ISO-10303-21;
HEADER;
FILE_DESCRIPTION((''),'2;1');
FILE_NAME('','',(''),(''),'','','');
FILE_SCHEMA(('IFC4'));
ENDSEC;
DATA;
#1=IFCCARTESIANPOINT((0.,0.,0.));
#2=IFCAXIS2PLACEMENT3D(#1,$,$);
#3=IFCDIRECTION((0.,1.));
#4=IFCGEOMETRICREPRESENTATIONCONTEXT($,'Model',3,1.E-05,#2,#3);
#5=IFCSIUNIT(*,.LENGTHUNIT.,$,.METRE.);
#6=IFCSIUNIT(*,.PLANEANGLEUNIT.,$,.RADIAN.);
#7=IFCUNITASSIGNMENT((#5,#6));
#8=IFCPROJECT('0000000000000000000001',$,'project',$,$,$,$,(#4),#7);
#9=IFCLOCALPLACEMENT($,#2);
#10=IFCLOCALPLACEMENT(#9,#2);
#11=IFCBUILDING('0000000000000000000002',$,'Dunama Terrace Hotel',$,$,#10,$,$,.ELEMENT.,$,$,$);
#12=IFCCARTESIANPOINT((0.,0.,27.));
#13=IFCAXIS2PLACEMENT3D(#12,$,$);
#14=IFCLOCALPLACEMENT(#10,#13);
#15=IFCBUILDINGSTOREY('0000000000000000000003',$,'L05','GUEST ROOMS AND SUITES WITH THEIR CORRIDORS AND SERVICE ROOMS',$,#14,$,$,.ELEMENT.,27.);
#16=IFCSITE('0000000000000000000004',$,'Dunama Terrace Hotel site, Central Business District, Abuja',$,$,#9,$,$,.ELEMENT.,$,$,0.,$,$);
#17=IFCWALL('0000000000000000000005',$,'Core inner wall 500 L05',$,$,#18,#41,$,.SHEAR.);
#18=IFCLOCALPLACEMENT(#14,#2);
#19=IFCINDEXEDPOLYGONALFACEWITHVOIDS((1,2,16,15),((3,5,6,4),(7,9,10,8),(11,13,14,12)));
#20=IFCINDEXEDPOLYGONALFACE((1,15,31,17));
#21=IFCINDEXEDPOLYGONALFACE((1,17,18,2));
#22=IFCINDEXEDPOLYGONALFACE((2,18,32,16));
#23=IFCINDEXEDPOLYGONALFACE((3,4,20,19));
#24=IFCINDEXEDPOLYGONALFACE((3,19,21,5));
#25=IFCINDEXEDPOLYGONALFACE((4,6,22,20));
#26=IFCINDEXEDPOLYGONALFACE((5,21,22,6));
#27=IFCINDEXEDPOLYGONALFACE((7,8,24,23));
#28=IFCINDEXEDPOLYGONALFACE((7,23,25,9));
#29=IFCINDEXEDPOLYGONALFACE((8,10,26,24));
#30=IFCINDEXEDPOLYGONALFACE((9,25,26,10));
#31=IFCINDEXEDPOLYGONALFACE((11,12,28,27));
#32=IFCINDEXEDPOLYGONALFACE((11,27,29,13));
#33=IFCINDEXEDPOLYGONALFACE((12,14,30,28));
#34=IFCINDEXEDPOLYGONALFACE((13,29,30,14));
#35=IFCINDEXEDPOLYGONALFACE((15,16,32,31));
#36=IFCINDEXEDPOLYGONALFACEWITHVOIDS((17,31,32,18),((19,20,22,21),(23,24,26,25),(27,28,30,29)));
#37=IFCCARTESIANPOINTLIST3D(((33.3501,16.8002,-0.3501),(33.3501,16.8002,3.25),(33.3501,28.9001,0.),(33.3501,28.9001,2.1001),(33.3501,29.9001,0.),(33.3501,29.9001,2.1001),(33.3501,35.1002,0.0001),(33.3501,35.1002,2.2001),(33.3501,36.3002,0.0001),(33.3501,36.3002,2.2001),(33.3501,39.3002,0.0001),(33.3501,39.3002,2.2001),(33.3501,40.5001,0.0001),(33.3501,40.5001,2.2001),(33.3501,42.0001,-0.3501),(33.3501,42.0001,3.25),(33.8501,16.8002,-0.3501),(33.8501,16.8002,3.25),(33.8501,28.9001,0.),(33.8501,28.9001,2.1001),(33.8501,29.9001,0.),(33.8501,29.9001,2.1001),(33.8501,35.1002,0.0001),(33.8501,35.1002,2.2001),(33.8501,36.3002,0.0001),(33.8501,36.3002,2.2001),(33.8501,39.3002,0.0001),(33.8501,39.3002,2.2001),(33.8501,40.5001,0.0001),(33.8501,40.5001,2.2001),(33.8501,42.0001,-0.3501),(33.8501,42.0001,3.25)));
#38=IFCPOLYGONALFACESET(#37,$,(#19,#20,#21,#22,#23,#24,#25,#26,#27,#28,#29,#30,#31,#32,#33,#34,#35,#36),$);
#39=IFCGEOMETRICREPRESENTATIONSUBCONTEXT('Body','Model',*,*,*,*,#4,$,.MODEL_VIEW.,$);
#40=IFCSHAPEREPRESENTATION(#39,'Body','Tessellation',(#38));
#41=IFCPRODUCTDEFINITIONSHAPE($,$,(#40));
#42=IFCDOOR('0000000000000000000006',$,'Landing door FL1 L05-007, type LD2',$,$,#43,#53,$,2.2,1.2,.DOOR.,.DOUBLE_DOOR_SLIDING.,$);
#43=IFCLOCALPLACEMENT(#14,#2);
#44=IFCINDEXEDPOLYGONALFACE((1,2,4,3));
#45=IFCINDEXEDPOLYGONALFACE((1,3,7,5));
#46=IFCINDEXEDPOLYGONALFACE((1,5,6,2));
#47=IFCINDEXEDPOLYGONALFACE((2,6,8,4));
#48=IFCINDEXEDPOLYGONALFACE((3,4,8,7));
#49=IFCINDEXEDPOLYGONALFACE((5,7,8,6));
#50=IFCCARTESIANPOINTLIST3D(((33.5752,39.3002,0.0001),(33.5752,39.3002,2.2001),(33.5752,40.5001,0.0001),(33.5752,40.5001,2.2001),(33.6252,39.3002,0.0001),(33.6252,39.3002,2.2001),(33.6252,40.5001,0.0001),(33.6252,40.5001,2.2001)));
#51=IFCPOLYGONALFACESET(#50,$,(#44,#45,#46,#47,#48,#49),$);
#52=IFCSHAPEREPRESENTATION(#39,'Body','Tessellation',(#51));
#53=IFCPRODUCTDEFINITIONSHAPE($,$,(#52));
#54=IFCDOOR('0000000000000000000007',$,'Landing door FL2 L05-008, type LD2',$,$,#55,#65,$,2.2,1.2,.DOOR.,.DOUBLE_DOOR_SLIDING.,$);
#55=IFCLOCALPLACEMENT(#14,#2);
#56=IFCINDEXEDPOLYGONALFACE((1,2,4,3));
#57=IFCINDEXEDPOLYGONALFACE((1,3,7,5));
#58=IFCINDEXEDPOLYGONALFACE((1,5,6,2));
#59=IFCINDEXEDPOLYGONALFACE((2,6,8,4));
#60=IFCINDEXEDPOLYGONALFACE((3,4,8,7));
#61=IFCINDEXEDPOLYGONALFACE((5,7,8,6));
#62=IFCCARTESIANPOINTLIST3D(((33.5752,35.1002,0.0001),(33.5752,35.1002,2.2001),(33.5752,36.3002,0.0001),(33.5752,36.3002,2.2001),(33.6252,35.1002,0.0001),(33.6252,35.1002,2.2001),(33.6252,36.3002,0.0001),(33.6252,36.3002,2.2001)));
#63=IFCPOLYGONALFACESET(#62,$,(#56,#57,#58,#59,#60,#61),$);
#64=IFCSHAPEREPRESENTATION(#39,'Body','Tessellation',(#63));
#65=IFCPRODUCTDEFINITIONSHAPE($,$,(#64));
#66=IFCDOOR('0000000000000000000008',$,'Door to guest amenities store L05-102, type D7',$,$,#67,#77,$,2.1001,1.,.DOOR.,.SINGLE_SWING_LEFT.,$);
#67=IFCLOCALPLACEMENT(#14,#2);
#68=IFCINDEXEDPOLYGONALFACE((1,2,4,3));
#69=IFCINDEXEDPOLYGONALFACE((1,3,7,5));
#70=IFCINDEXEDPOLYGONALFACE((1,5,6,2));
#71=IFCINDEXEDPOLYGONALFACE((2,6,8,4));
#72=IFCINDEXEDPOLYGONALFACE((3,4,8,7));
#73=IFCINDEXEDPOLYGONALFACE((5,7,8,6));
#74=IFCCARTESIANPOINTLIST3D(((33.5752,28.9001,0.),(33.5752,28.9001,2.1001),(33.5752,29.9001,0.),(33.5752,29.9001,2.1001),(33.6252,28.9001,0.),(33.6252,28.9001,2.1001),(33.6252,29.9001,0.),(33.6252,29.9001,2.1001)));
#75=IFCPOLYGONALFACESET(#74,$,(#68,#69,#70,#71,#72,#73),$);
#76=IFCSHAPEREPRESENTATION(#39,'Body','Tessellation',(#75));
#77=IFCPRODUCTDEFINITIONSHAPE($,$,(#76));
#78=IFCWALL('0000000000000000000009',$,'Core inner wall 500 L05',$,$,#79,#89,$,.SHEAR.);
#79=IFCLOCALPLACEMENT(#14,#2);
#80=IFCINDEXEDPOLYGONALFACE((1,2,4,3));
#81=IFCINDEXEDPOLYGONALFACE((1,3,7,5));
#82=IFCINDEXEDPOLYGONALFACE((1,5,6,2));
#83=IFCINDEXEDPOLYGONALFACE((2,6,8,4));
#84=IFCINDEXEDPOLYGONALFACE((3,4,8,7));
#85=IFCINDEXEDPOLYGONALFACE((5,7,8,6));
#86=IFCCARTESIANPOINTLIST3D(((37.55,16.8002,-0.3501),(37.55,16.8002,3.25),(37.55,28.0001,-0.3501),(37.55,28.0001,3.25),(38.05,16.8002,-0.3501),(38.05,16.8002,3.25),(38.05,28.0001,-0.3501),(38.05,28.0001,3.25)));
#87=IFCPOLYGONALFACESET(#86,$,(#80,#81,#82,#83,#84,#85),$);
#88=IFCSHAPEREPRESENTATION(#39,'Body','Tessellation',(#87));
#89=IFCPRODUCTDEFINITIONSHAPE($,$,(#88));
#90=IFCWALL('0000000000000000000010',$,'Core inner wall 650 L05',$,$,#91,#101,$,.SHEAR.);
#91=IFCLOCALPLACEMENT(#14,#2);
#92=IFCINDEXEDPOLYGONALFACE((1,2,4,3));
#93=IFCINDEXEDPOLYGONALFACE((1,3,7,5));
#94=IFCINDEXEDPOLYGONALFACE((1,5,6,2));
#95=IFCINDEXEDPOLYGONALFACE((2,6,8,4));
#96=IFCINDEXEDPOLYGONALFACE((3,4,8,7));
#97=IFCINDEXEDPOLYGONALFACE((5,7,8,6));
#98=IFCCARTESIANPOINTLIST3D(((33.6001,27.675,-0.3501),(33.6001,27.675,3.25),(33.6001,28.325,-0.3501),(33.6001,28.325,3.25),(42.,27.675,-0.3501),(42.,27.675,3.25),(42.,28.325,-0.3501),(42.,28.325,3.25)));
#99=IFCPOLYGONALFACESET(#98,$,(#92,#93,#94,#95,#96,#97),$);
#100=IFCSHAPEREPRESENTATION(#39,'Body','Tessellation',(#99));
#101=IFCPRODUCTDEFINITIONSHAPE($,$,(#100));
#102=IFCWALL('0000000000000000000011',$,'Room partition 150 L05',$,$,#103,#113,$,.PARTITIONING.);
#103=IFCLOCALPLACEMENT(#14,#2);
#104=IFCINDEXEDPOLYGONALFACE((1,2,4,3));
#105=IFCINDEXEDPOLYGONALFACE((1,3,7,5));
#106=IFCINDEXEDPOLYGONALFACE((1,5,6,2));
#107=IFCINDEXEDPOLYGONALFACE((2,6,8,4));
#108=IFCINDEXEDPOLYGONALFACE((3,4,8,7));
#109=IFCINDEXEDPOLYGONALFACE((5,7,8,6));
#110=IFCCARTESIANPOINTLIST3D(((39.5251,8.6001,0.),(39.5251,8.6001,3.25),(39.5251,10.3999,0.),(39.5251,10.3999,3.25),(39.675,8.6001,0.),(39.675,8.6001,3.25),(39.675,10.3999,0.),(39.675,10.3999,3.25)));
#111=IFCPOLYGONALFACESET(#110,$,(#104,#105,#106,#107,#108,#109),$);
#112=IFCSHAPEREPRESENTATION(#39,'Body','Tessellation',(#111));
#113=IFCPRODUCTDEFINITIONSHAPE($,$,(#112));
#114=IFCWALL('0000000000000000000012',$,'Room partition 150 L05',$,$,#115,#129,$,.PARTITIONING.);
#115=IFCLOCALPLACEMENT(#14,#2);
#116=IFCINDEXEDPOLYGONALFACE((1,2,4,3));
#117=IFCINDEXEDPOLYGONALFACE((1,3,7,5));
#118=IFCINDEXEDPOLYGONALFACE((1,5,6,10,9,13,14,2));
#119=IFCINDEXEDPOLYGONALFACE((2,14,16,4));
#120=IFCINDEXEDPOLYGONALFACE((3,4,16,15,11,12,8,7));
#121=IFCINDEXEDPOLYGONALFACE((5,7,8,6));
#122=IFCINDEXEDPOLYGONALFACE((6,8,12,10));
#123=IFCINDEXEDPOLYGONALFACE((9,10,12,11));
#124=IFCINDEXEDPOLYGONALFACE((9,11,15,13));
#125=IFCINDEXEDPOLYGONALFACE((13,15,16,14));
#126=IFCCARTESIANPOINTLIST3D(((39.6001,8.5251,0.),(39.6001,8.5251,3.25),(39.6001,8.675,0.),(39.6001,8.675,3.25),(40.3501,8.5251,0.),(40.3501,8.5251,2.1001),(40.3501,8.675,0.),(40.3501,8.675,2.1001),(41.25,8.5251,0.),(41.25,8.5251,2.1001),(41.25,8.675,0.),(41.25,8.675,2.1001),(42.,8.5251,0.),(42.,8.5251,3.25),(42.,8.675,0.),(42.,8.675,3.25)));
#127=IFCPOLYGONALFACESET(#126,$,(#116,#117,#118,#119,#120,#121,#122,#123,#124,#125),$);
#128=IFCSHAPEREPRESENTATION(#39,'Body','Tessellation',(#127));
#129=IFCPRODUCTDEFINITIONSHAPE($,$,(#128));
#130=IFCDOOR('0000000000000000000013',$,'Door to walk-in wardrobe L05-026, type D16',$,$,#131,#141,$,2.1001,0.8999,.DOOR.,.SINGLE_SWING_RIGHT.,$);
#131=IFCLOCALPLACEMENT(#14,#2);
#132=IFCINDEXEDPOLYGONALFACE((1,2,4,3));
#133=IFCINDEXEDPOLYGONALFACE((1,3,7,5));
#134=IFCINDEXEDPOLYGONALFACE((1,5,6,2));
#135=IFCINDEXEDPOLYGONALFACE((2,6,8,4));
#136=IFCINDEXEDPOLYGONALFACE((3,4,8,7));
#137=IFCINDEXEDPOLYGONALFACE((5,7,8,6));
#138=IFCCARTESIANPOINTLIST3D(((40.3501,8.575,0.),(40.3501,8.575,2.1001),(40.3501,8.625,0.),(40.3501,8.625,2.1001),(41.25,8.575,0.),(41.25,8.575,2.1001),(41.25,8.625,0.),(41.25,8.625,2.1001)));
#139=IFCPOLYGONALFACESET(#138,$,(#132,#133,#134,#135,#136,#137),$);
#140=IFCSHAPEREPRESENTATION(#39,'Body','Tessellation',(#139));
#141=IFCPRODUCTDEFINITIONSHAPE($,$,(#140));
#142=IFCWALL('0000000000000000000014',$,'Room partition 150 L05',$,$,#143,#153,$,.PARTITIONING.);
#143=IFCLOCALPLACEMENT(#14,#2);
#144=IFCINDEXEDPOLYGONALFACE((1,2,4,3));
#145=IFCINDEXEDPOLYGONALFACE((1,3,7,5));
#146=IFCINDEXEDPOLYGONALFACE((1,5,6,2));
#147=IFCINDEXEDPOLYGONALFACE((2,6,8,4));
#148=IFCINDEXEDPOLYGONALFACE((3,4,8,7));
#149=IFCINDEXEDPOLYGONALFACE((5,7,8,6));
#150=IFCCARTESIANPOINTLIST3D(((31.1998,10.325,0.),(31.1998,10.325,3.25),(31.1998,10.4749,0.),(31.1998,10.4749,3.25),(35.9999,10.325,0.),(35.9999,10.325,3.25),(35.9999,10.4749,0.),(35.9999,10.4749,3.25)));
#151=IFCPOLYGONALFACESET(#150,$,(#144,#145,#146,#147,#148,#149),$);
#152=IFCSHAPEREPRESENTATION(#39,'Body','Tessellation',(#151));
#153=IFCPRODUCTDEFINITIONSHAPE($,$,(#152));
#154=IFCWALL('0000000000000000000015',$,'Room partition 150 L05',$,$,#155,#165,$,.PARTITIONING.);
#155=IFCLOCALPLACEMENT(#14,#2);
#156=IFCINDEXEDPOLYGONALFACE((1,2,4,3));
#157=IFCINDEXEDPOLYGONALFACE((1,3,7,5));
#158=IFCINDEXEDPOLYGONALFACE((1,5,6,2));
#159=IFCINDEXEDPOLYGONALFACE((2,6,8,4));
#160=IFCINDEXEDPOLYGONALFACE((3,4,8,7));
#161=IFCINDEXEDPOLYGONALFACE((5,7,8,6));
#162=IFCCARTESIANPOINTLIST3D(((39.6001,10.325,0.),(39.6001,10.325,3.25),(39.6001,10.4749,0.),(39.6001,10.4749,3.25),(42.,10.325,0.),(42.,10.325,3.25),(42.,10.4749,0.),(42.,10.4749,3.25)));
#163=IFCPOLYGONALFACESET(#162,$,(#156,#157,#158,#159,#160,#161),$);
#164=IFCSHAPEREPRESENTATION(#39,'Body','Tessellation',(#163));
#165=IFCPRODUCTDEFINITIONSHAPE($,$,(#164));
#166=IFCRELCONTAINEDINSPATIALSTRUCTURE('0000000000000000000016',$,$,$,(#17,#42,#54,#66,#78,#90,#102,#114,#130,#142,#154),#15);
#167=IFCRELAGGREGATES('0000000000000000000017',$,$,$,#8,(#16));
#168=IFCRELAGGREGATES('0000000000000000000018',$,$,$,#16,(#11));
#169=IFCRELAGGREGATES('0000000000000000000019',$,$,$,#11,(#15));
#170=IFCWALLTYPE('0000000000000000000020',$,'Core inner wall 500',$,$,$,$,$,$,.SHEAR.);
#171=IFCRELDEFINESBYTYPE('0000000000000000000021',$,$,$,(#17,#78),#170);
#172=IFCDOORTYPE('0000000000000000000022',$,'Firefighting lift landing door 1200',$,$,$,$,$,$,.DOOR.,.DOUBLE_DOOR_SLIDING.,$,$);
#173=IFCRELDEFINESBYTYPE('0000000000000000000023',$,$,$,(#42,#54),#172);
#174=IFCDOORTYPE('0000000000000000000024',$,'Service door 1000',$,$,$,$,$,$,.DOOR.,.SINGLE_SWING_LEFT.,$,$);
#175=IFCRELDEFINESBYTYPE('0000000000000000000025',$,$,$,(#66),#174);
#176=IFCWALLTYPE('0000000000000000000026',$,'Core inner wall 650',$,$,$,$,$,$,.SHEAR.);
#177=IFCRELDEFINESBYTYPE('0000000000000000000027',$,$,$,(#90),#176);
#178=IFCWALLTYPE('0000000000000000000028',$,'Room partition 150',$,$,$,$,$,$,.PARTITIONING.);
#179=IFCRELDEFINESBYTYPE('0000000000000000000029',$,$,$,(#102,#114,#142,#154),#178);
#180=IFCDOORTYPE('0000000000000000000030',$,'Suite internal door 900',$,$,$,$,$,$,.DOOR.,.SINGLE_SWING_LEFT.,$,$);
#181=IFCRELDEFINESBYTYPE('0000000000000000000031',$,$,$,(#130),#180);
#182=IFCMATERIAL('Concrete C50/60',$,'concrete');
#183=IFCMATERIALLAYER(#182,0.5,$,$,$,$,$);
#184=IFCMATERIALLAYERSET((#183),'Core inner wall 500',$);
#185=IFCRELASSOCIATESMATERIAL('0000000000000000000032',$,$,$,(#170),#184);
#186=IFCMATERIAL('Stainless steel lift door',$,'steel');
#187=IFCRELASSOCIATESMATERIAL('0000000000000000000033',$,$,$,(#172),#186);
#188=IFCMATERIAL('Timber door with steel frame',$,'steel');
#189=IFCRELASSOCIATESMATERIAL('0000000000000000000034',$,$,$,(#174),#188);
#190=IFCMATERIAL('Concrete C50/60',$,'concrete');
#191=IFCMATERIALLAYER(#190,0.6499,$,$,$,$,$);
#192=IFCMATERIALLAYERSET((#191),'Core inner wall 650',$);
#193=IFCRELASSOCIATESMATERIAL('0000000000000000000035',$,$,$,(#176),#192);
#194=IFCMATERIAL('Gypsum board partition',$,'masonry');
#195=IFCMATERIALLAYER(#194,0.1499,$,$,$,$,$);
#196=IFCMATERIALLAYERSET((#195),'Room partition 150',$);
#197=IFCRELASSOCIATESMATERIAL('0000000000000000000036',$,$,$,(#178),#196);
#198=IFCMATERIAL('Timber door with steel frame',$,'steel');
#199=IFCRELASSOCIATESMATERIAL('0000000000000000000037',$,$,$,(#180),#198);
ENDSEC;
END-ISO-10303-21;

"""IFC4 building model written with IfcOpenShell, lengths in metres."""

from ifc_helpers import new_model, si_unit, direction, frame, frame_2d, origin, place, context, subcontext, project, spatial, rectangle, extrude, material, layer, layer_set, type_object, element, fill, save


model = new_model("IFC4")

# Units and contexts
model_context = context("Model", 3, precision=1e-05, world=origin(), true_north=direction((0.0, 1.0)))
body_context = subcontext(model_context, "Body", "Model", "MODEL_VIEW")
ifc_project = project(units=[si_unit("LENGTHUNIT", "METRE"), si_unit("PLANEANGLEUNIT", "RADIAN")], contexts=[model_context])

# Site, building, storey
site_placement = place(None, origin())
site = spatial("IfcSite", under=ifc_project, at=site_placement, Name="Dunama Terrace Hotel site, Central Business District, Abuja", CompositionType="ELEMENT", RefElevation=0.0)
building_placement = place(site_placement, origin())
building = spatial("IfcBuilding", under=site, at=building_placement, Name="Dunama Terrace Hotel", CompositionType="ELEMENT")
storey_placement = place(building_placement, frame((0.0, 0.0, 27.0)))
storey = spatial("IfcBuildingStorey", under=building, at=storey_placement, Name="L05", Description="GUEST ROOMS AND SUITES WITH THEIR CORRIDORS AND SERVICE ROOMS", CompositionType="ELEMENT", Elevation=27.0)

# Wall, openings, doors
ifc_material_1 = material(Name="Concrete C50/60", Category="concrete")
ifc_layer_1 = layer(ifc_material_1, 0.5)
ifc_layer_set_1 = layer_set([ifc_layer_1], Name="Core inner wall 500")
wall_type_1 = type_object("IfcWallType", Name="Core inner wall 500", PredefinedType="SHEAR", material=ifc_layer_set_1)
wall_1_placement = place(storey_placement, frame((33.6001, 16.8, -0.3501), z_axis=(0.0, 0.0, 1.0), x_axis=(0.0, 1.0, 0.0)))
wall_1 = element("IfcWall", 1, at=wall_1_placement, inside=storey, type_object=wall_type_1, Name="Core inner wall 500 L05", PredefinedType="SHEAR", context=body_context, shape_type="SweptSolid", body=[
    extrude(rectangle(XDim=25.2, YDim=0.5, at=frame_2d((12.6001, 0.0))), origin(), (0.0, 0.0, 1.0), 3.6001),
])
opening_1_placement = place(wall_1_placement, frame((22.5, 0.0, 0.3501)))
opening_1 = element("IfcOpeningElement", 2, at=opening_1_placement, cuts=wall_1, PredefinedType="OPENING", context=body_context, shape_type="SweptSolid", body=[
    extrude(rectangle(XDim=1.2, YDim=2.2, at=frame_2d((0.6001, 1.1001))), frame((0.0, 0.26, 0.0), z_axis=(0.0, -1.0, 0.0), x_axis=(1.0, 0.0, 0.0)), (0.0, 0.0, 1.0), 0.52),
])
opening_2_placement = place(wall_1_placement, frame((18.3, 0.0, 0.3501)))
opening_2 = element("IfcOpeningElement", 3, at=opening_2_placement, cuts=wall_1, PredefinedType="OPENING", context=body_context, shape_type="SweptSolid", body=[
    extrude(rectangle(XDim=1.2, YDim=2.2, at=frame_2d((0.6001, 1.1001))), frame((0.0, 0.26, 0.0), z_axis=(0.0, -1.0, 0.0), x_axis=(1.0, 0.0, 0.0)), (0.0, 0.0, 1.0), 0.52),
])
opening_3_placement = place(wall_1_placement, frame((12.1001, 0.0, 0.3501)))
opening_3 = element("IfcOpeningElement", 4, at=opening_3_placement, cuts=wall_1, PredefinedType="OPENING", context=body_context, shape_type="SweptSolid", body=[
    extrude(rectangle(XDim=1.0, YDim=2.1001, at=frame_2d((0.5, 1.05))), frame((0.0, 0.26, 0.0), z_axis=(0.0, -1.0, 0.0), x_axis=(1.0, 0.0, 0.0)), (0.0, 0.0, 1.0), 0.52),
])
ifc_material_2 = material(Name="Stainless steel lift door", Category="steel")
door_type_1 = type_object("IfcDoorType", Name="Firefighting lift landing door 1200", OperationType="DOUBLE_DOOR_SLIDING", PredefinedType="DOOR", material=ifc_material_2)
door_1_placement = place(opening_1_placement, origin())
door_1 = element("IfcDoor", 5, at=door_1_placement, inside=storey, type_object=door_type_1, Name="Landing door FL1 L05-007, type LD2", OperationType="DOUBLE_DOOR_SLIDING", OverallHeight=2.2, OverallWidth=1.2, PredefinedType="DOOR", context=body_context, shape_type="SweptSolid", body=[
    extrude(rectangle(XDim=1.2, YDim=2.2, at=frame_2d((0.6001, 1.1001))), frame((0.0, 0.0249, 0.0), z_axis=(0.0, -1.0, 0.0), x_axis=(1.0, 0.0, 0.0)), (0.0, 0.0, 1.0), 0.05),
])
fill(opening_1, door_1)
door_2_placement = place(opening_2_placement, origin())
door_2 = element("IfcDoor", 6, at=door_2_placement, inside=storey, type_object=door_type_1, Name="Landing door FL2 L05-008, type LD2", OperationType="DOUBLE_DOOR_SLIDING", OverallHeight=2.2, OverallWidth=1.2, PredefinedType="DOOR", context=body_context, shape_type="SweptSolid", body=[
    extrude(rectangle(XDim=1.2, YDim=2.2, at=frame_2d((0.6001, 1.1001))), frame((0.0, 0.0249, 0.0), z_axis=(0.0, -1.0, 0.0), x_axis=(1.0, 0.0, 0.0)), (0.0, 0.0, 1.0), 0.05),
])
fill(opening_2, door_2)
ifc_material_3 = material(Name="Timber door with steel frame", Category="steel")
door_type_2 = type_object("IfcDoorType", Name="Service door 1000", OperationType="SINGLE_SWING_LEFT", PredefinedType="DOOR", material=ifc_material_3)
door_3_placement = place(opening_3_placement, origin())
door_3 = element("IfcDoor", 7, at=door_3_placement, inside=storey, type_object=door_type_2, Name="Door to guest amenities store L05-102, type D7", OperationType="SINGLE_SWING_LEFT", OverallHeight=2.1001, OverallWidth=1.0, PredefinedType="DOOR", context=body_context, shape_type="SweptSolid", body=[
    extrude(rectangle(XDim=1.0, YDim=2.1001, at=frame_2d((0.5, 1.05))), frame((0.0, 0.0249, 0.0), z_axis=(0.0, -1.0, 0.0), x_axis=(1.0, 0.0, 0.0)), (0.0, 0.0, 1.0), 0.05),
])
fill(opening_3, door_3)

# Walls
wall_2_placement = place(storey_placement, frame((37.8, 16.8, -0.3501), z_axis=(0.0, 0.0, 1.0), x_axis=(0.0, 1.0, 0.0)))
element("IfcWall", 8, at=wall_2_placement, inside=storey, type_object=wall_type_1, Name="Core inner wall 500 L05", PredefinedType="SHEAR", context=body_context, shape_type="SweptSolid", body=[
    extrude(rectangle(XDim=11.2, YDim=0.5, at=frame_2d((5.6001, 0.0))), origin(), (0.0, 0.0, 1.0), 3.6001),
])
ifc_material_4 = material(Name="Concrete C50/60", Category="concrete")
ifc_layer_2 = layer(ifc_material_4, 0.6499)
ifc_layer_set_2 = layer_set([ifc_layer_2], Name="Core inner wall 650")
wall_type_2 = type_object("IfcWallType", Name="Core inner wall 650", PredefinedType="SHEAR", material=ifc_layer_set_2)
wall_3_placement = place(storey_placement, frame((33.6001, 28.0, -0.3501), z_axis=(0.0, 0.0, 1.0), x_axis=(1.0, 0.0, 0.0)))
element("IfcWall", 9, at=wall_3_placement, inside=storey, type_object=wall_type_2, Name="Core inner wall 650 L05", PredefinedType="SHEAR", context=body_context, shape_type="SweptSolid", body=[
    extrude(rectangle(XDim=8.3999, YDim=0.6499, at=frame_2d((4.2, 0.0))), origin(), (0.0, 0.0, 1.0), 3.6001),
])
ifc_material_5 = material(Name="Gypsum board partition", Category="masonry")
ifc_layer_3 = layer(ifc_material_5, 0.1499)
ifc_layer_set_3 = layer_set([ifc_layer_3], Name="Room partition 150")
wall_type_3 = type_object("IfcWallType", Name="Room partition 150", PredefinedType="PARTITIONING", material=ifc_layer_set_3)
wall_4_placement = place(storey_placement, frame((39.6001, 8.6001, 0.0), z_axis=(0.0, 0.0, 1.0), x_axis=(0.0, 1.0, 0.0)))
element("IfcWall", 10, at=wall_4_placement, inside=storey, type_object=wall_type_3, Name="Room partition 150 L05", PredefinedType="PARTITIONING", context=body_context, shape_type="SweptSolid", body=[
    extrude(rectangle(XDim=1.7998, YDim=0.1499, at=frame_2d((0.8999, 0.0))), origin(), (0.0, 0.0, 1.0), 3.25),
])

# Wall, opening, door
wall_5_placement = place(storey_placement, frame((39.6001, 8.6001, 0.0), z_axis=(0.0, 0.0, 1.0), x_axis=(1.0, 0.0, 0.0)))
wall_5 = element("IfcWall", 11, at=wall_5_placement, inside=storey, type_object=wall_type_3, Name="Room partition 150 L05", PredefinedType="PARTITIONING", context=body_context, shape_type="SweptSolid", body=[
    extrude(rectangle(XDim=2.3999, YDim=0.1499, at=frame_2d((1.2, 0.0))), origin(), (0.0, 0.0, 1.0), 3.25),
])
opening_4_placement = place(wall_5_placement, frame((0.75, 0.0, 0.0)))
opening_4 = element("IfcOpeningElement", 12, at=opening_4_placement, cuts=wall_5, PredefinedType="OPENING", context=body_context, shape_type="SweptSolid", body=[
    extrude(rectangle(XDim=0.8999, YDim=2.1001, at=frame_2d((0.45, 1.05))), frame((0.0, 0.085, 0.0), z_axis=(0.0, -1.0, 0.0), x_axis=(1.0, 0.0, 0.0)), (0.0, 0.0, 1.0), 0.1699),
])
ifc_material_6 = material(Name="Timber door with steel frame", Category="steel")
door_type_3 = type_object("IfcDoorType", Name="Suite internal door 900", OperationType="SINGLE_SWING_LEFT", PredefinedType="DOOR", material=ifc_material_6)
door_4_placement = place(opening_4_placement, origin())
door_4 = element("IfcDoor", 13, at=door_4_placement, inside=storey, type_object=door_type_3, Name="Door to walk-in wardrobe L05-026, type D16", OperationType="SINGLE_SWING_RIGHT", OverallHeight=2.1001, OverallWidth=0.8999, PredefinedType="DOOR", context=body_context, shape_type="SweptSolid", body=[
    extrude(rectangle(XDim=0.8999, YDim=2.1001, at=frame_2d((0.45, 1.05))), frame((0.0, 0.0249, 0.0), z_axis=(0.0, -1.0, 0.0), x_axis=(1.0, 0.0, 0.0)), (0.0, 0.0, 1.0), 0.05),
])
fill(opening_4, door_4)

# Walls
wall_6_placement = place(storey_placement, frame((31.2, 10.3999, 0.0), z_axis=(0.0, 0.0, 1.0), x_axis=(1.0, 0.0, 0.0)))
element("IfcWall", 14, at=wall_6_placement, inside=storey, type_object=wall_type_3, Name="Room partition 150 L05", PredefinedType="PARTITIONING", context=body_context, shape_type="SweptSolid", body=[
    extrude(rectangle(XDim=4.8, YDim=0.1499, at=frame_2d((2.3999, 0.0))), origin(), (0.0, 0.0, 1.0), 3.25),
])
wall_7_placement = place(storey_placement, frame((39.6001, 10.3999, 0.0), z_axis=(0.0, 0.0, 1.0), x_axis=(1.0, 0.0, 0.0)))
element("IfcWall", 15, at=wall_7_placement, inside=storey, type_object=wall_type_3, Name="Room partition 150 L05", PredefinedType="PARTITIONING", context=body_context, shape_type="SweptSolid", body=[
    extrude(rectangle(XDim=2.3999, YDim=0.1499, at=frame_2d((1.2, 0.0))), origin(), (0.0, 0.0, 1.0), 3.25),
])

save(model, "model.ifc")
